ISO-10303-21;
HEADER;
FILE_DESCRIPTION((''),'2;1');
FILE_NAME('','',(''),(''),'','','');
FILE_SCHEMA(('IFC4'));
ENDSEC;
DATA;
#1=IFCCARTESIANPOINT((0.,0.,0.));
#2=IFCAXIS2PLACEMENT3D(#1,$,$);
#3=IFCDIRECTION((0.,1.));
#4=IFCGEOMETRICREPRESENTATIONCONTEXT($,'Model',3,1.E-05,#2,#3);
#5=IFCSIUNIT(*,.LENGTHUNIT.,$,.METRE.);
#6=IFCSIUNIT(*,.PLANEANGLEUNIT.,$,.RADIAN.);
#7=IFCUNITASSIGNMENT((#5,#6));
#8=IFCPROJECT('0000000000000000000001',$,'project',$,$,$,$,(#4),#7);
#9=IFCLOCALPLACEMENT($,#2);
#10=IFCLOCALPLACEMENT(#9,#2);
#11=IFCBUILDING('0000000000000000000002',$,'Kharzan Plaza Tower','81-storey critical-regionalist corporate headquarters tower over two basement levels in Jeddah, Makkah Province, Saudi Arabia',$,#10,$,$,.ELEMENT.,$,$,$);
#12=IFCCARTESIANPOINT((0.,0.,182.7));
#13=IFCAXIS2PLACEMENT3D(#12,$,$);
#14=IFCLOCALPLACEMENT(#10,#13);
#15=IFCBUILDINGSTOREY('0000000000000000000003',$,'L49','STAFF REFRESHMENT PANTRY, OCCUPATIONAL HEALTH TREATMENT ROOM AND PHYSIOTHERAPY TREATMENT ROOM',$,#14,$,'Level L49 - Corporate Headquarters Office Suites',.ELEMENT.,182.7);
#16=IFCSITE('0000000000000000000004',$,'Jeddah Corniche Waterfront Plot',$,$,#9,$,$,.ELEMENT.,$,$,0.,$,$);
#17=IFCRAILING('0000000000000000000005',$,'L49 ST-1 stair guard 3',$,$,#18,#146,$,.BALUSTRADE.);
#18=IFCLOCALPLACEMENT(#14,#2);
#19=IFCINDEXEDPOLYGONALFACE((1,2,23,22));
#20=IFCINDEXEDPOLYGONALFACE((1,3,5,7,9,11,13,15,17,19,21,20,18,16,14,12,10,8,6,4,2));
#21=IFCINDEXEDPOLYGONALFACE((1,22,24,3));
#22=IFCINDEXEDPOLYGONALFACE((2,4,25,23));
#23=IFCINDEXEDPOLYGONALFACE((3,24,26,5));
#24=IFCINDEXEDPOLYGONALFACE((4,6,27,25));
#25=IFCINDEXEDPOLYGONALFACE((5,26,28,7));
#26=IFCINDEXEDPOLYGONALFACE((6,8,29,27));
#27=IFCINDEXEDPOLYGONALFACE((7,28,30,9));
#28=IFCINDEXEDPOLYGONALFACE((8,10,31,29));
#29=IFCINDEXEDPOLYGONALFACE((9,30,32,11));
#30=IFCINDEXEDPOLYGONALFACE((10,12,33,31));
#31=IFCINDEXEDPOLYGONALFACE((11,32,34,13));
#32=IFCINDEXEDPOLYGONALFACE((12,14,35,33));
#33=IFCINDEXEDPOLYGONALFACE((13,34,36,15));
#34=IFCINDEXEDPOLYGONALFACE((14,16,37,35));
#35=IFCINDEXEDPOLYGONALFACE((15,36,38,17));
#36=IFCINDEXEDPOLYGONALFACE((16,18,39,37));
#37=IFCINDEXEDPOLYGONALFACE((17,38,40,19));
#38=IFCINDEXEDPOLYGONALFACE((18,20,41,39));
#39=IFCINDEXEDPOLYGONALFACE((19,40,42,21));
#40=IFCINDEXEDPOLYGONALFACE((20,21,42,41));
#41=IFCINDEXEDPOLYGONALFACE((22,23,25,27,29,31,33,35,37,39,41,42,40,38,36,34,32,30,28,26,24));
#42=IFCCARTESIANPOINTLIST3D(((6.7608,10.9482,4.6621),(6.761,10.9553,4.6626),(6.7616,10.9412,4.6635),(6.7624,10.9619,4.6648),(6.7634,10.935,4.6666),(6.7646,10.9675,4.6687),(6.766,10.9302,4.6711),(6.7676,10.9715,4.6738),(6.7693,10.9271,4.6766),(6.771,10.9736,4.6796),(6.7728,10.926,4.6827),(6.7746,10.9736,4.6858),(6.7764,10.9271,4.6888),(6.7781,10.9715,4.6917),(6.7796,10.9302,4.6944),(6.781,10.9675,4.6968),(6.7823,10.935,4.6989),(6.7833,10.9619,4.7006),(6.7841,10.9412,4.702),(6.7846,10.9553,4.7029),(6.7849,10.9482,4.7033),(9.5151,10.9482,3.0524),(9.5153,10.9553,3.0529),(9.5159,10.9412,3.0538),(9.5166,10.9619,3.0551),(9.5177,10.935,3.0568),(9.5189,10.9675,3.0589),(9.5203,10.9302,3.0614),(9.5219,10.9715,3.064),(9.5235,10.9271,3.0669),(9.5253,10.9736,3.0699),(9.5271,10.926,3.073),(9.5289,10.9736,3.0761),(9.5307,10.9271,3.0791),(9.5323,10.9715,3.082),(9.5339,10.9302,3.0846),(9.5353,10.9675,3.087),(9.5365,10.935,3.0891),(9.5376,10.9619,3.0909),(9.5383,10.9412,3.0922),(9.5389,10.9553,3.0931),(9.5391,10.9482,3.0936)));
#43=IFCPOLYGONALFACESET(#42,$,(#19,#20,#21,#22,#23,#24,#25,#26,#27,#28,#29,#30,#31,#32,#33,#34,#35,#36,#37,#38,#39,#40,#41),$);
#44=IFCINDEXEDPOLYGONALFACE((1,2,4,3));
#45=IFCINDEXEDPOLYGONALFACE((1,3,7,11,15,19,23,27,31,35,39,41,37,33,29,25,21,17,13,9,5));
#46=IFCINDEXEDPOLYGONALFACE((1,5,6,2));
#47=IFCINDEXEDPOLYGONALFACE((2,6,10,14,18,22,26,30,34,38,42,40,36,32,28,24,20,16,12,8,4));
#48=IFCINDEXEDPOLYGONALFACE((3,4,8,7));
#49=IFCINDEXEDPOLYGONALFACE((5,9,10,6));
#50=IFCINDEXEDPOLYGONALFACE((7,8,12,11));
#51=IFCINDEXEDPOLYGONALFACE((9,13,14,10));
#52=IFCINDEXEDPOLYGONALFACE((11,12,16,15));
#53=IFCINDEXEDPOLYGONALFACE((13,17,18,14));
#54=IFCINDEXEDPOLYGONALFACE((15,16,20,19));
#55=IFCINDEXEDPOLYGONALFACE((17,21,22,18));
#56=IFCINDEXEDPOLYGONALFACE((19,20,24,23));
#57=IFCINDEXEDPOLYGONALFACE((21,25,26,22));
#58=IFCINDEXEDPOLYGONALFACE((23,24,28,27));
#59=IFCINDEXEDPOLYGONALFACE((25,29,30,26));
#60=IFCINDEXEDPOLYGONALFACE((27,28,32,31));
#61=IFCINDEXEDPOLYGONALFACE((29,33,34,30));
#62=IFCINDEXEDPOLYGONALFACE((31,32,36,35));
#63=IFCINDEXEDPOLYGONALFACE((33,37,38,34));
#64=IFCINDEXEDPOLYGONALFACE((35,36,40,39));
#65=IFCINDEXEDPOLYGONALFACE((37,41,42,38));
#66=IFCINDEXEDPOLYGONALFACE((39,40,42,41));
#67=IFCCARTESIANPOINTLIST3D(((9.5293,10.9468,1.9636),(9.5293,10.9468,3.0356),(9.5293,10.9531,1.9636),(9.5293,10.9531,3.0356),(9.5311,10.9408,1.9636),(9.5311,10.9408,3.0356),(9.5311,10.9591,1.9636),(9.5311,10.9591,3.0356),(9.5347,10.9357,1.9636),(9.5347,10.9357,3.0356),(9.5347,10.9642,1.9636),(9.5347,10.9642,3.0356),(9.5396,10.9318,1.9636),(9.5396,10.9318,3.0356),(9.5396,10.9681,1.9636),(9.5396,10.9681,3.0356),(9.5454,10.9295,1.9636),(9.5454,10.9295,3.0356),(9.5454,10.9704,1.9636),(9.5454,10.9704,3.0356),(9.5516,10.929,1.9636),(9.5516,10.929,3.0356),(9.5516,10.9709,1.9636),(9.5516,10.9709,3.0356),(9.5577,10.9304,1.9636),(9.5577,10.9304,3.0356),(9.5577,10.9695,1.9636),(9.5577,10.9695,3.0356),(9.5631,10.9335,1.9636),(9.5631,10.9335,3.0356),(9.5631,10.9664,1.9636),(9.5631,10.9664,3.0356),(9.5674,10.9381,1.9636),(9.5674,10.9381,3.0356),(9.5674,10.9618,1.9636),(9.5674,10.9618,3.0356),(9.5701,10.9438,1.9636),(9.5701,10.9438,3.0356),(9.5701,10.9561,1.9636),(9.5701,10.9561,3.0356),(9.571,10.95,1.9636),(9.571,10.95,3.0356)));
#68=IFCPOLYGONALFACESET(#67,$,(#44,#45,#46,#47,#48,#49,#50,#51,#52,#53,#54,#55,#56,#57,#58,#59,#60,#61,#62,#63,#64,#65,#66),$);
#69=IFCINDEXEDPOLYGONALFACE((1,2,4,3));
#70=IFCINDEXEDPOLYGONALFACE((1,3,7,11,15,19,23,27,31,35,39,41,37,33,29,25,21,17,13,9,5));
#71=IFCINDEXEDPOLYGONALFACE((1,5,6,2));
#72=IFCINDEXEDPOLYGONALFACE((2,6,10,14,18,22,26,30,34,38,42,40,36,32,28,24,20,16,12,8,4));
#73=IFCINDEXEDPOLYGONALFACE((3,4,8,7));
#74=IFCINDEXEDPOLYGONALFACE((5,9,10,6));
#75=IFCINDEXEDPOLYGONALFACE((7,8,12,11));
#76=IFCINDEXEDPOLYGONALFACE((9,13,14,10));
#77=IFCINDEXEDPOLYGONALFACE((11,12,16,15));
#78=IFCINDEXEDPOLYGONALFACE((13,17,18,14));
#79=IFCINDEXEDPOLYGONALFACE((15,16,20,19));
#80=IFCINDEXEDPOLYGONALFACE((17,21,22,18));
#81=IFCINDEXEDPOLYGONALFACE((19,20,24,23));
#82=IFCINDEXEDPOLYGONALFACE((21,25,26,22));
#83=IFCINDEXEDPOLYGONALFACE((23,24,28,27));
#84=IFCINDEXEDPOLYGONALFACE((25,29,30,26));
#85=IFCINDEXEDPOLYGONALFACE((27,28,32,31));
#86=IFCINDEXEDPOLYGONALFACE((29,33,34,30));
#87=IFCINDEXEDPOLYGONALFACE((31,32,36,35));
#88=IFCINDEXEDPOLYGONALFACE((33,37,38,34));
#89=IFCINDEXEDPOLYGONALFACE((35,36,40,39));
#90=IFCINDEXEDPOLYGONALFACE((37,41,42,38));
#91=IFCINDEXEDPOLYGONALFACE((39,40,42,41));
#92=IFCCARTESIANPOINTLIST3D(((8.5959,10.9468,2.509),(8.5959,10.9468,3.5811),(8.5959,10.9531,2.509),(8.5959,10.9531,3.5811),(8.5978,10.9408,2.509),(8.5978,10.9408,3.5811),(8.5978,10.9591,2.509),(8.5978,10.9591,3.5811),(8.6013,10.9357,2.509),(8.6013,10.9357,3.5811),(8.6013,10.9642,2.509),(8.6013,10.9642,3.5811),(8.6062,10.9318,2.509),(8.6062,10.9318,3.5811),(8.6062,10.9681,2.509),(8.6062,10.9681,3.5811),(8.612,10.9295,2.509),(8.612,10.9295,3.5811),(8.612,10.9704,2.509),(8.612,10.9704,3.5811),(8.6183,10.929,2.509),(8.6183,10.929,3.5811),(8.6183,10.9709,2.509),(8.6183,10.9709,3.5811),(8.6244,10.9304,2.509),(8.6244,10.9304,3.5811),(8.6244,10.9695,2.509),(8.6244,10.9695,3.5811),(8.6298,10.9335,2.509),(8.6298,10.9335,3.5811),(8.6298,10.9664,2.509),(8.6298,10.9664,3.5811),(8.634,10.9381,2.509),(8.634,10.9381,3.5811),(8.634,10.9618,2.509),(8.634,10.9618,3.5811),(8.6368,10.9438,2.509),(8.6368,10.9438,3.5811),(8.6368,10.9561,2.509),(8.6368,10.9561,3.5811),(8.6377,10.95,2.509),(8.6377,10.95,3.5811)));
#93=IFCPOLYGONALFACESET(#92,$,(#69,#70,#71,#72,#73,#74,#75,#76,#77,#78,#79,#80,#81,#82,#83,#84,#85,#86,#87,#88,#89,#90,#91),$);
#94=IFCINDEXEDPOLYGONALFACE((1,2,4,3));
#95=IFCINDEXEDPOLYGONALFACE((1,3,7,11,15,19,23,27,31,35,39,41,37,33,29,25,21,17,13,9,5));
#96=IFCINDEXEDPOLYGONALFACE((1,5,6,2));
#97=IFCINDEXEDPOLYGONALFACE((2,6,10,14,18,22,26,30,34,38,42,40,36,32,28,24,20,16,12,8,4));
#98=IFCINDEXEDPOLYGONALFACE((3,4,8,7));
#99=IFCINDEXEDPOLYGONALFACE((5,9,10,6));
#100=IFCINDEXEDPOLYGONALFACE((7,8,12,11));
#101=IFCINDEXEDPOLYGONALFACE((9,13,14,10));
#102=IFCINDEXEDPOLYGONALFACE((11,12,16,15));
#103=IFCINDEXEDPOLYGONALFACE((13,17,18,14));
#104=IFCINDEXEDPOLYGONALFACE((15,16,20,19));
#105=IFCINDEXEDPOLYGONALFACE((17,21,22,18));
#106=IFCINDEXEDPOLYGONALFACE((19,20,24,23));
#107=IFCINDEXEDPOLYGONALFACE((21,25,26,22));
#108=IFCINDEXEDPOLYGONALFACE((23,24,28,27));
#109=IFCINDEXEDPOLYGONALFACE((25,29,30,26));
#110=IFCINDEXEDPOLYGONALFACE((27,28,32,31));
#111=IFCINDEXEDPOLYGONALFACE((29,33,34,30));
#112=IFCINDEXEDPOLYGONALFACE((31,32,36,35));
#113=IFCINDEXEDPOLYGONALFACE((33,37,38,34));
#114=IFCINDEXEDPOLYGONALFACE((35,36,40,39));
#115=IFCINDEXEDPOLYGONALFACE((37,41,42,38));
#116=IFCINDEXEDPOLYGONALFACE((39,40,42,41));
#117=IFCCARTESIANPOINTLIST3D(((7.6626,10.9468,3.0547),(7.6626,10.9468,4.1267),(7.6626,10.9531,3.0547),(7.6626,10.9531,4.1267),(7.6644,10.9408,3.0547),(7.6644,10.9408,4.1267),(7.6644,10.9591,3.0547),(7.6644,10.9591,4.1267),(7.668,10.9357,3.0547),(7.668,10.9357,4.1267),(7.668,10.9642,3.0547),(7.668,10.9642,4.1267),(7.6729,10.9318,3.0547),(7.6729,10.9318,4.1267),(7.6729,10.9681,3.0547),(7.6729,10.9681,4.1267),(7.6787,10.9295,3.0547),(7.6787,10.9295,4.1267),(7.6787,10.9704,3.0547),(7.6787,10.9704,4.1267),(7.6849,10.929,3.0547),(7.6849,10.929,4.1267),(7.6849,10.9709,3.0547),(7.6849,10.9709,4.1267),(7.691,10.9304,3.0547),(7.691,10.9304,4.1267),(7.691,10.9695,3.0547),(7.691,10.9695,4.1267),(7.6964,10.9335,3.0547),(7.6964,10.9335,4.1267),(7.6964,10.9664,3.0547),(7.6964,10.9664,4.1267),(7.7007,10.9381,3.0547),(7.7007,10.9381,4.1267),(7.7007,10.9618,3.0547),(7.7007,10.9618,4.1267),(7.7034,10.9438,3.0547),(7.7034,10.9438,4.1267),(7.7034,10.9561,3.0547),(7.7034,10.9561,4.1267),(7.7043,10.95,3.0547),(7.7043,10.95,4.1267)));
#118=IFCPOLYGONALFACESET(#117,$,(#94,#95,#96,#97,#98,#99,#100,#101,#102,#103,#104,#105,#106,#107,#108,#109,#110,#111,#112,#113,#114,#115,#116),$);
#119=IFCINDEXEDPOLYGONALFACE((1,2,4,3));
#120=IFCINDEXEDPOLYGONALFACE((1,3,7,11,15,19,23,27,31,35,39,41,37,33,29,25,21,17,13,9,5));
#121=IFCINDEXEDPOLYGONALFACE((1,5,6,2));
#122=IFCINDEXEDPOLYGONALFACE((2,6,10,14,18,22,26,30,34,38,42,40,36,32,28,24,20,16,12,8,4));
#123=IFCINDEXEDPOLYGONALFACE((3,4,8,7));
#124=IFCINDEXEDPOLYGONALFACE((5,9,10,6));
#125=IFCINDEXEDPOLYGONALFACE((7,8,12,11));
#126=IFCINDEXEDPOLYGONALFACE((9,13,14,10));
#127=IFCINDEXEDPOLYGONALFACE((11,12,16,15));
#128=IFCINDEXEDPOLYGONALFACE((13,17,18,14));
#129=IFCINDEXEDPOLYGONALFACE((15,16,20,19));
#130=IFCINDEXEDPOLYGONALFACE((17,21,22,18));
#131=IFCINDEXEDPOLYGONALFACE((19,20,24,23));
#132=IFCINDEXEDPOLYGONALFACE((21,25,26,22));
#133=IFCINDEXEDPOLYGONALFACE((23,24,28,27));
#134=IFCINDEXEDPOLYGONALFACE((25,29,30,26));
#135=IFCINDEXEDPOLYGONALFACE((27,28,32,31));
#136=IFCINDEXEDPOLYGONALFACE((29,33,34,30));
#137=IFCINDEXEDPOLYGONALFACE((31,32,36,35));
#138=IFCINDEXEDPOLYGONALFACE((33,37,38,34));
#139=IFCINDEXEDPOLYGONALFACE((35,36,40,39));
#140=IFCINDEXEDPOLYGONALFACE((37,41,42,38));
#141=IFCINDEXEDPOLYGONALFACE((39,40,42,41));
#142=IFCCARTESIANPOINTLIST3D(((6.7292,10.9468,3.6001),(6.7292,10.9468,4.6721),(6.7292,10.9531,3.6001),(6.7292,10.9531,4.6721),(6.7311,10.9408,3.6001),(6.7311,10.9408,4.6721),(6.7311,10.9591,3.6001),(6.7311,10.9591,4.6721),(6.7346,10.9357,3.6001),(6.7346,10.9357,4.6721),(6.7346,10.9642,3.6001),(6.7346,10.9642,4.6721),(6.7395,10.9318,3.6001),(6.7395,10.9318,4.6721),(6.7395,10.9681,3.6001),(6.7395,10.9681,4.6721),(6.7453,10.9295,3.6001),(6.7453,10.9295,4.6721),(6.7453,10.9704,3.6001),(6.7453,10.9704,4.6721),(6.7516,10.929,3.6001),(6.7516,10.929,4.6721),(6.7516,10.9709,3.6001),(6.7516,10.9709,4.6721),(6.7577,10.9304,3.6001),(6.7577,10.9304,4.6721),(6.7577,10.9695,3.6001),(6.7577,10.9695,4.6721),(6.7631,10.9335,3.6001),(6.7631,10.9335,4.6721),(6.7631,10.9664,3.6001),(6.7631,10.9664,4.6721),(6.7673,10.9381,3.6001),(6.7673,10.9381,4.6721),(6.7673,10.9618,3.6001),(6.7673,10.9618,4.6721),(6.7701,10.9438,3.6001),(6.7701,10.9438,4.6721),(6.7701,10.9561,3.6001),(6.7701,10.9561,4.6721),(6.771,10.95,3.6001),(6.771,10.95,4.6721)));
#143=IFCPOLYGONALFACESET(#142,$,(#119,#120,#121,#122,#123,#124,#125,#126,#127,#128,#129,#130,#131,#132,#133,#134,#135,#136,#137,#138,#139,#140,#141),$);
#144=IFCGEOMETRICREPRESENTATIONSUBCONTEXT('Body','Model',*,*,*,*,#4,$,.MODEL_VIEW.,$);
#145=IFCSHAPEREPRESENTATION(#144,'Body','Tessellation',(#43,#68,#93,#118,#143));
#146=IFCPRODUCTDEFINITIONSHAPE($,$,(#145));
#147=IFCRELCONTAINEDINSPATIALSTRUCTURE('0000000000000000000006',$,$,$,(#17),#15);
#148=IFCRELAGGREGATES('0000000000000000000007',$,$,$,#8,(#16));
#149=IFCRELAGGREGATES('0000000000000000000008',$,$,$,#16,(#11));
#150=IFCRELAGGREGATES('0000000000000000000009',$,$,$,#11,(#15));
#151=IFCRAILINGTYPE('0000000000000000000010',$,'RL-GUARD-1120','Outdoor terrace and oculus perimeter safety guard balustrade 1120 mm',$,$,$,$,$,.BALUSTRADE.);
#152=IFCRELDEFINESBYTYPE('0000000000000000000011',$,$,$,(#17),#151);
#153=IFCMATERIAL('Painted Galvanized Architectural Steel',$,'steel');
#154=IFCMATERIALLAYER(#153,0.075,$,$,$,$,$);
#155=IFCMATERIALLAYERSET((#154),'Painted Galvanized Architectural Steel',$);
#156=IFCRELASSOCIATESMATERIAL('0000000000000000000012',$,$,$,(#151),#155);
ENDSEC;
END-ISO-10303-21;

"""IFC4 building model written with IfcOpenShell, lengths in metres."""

from ifc_helpers import new_model, si_unit, direction, frame, origin, origin_2d, place, context, subcontext, project, spatial, circle, extrude, source, transform, mapped, material, layer, layer_set, type_object, element, save


model = new_model("IFC4")

# Units and contexts
model_context = context("Model", 3, precision=1e-05, world=origin(), true_north=direction((0.0, 1.0)))
body_context = subcontext(model_context, "Body", "Model", "MODEL_VIEW")
ifc_project = project(units=[si_unit("LENGTHUNIT", "METRE"), si_unit("PLANEANGLEUNIT", "RADIAN")], contexts=[model_context])

# Site, building, storey
site_placement = place(None, origin())
site = spatial("IfcSite", under=ifc_project, at=site_placement, Name="Jeddah Corniche Waterfront Plot", CompositionType="ELEMENT", RefElevation=0.0)
building_placement = place(site_placement, origin())
building = spatial("IfcBuilding", under=site, at=building_placement, Name="Kharzan Plaza Tower", Description="81-storey critical-regionalist corporate headquarters tower over two basement levels in Jeddah, Makkah Province, Saudi Arabia", CompositionType="ELEMENT")
storey_placement = place(building_placement, frame((0.0, 0.0, 182.7)))
storey = spatial("IfcBuildingStorey", under=building, at=storey_placement, Name="L49", Description="STAFF REFRESHMENT PANTRY, OCCUPATIONAL HEALTH TREATMENT ROOM AND PHYSIOTHERAPY TREATMENT ROOM", LongName="Level L49 - Corporate Headquarters Office Suites", CompositionType="ELEMENT", Elevation=182.7)

# Railing
ifc_material_1 = material(Name="Painted Galvanized Architectural Steel", Category="steel")
ifc_layer_1 = layer(ifc_material_1, 0.075)
ifc_layer_set_1 = layer_set([ifc_layer_1], Name="Painted Galvanized Architectural Steel")
railing_type_1 = type_object("IfcRailingType", Name="RL-GUARD-1120", Description="Outdoor terrace and oculus perimeter safety guard balustrade 1120 mm", PredefinedType="BALUSTRADE", material=ifc_layer_set_1)
shared_shape_1 = source(origin(), body_context, "Body", "SweptSolid", [
    extrude(circle(Radius=0.0239, at=origin_2d()), frame((-0.0229, 0.0, 1.1094), z_axis=(-0.863361, 0.0, 0.504587), x_axis=(0.0, -1.0, 0.0)), (0.0, 0.0, 1.0), 3.1902),
    extrude(circle(Radius=0.021, at=origin_2d()), origin(), (0.0, 0.0, 1.0), 1.072),
    extrude(circle(Radius=0.021, at=origin_2d()), frame((-0.9333, 0.0, 0.5454)), (0.0, 0.0, 1.0), 1.072),
    extrude(circle(Radius=0.021, at=origin_2d()), frame((-1.8667, 0.0, 1.0911)), (0.0, 0.0, 1.0), 1.072),
    extrude(circle(Radius=0.021, at=origin_2d()), frame((-2.8, 0.0, 1.6365)), (0.0, 0.0, 1.0), 1.072),
])
railing_1_placement = place(storey_placement, frame((9.55, 10.95, 1.9636)))
element("IfcRailing", 1, at=railing_1_placement, inside=storey, type_object=railing_type_1, Name="L49 ST-1 stair guard 3", PredefinedType="BALUSTRADE", context=body_context, shape_type="MappedRepresentation", body=[
    mapped(shared_shape_1, transform((0.0, 0.0, 0.0), x_axis=(1.0, 0.0, 0.0), y_axis=(0.0, 1.0, 0.0), z_axis=(0.0, 0.0, 1.0))),
])

save(model, "model.ifc")
